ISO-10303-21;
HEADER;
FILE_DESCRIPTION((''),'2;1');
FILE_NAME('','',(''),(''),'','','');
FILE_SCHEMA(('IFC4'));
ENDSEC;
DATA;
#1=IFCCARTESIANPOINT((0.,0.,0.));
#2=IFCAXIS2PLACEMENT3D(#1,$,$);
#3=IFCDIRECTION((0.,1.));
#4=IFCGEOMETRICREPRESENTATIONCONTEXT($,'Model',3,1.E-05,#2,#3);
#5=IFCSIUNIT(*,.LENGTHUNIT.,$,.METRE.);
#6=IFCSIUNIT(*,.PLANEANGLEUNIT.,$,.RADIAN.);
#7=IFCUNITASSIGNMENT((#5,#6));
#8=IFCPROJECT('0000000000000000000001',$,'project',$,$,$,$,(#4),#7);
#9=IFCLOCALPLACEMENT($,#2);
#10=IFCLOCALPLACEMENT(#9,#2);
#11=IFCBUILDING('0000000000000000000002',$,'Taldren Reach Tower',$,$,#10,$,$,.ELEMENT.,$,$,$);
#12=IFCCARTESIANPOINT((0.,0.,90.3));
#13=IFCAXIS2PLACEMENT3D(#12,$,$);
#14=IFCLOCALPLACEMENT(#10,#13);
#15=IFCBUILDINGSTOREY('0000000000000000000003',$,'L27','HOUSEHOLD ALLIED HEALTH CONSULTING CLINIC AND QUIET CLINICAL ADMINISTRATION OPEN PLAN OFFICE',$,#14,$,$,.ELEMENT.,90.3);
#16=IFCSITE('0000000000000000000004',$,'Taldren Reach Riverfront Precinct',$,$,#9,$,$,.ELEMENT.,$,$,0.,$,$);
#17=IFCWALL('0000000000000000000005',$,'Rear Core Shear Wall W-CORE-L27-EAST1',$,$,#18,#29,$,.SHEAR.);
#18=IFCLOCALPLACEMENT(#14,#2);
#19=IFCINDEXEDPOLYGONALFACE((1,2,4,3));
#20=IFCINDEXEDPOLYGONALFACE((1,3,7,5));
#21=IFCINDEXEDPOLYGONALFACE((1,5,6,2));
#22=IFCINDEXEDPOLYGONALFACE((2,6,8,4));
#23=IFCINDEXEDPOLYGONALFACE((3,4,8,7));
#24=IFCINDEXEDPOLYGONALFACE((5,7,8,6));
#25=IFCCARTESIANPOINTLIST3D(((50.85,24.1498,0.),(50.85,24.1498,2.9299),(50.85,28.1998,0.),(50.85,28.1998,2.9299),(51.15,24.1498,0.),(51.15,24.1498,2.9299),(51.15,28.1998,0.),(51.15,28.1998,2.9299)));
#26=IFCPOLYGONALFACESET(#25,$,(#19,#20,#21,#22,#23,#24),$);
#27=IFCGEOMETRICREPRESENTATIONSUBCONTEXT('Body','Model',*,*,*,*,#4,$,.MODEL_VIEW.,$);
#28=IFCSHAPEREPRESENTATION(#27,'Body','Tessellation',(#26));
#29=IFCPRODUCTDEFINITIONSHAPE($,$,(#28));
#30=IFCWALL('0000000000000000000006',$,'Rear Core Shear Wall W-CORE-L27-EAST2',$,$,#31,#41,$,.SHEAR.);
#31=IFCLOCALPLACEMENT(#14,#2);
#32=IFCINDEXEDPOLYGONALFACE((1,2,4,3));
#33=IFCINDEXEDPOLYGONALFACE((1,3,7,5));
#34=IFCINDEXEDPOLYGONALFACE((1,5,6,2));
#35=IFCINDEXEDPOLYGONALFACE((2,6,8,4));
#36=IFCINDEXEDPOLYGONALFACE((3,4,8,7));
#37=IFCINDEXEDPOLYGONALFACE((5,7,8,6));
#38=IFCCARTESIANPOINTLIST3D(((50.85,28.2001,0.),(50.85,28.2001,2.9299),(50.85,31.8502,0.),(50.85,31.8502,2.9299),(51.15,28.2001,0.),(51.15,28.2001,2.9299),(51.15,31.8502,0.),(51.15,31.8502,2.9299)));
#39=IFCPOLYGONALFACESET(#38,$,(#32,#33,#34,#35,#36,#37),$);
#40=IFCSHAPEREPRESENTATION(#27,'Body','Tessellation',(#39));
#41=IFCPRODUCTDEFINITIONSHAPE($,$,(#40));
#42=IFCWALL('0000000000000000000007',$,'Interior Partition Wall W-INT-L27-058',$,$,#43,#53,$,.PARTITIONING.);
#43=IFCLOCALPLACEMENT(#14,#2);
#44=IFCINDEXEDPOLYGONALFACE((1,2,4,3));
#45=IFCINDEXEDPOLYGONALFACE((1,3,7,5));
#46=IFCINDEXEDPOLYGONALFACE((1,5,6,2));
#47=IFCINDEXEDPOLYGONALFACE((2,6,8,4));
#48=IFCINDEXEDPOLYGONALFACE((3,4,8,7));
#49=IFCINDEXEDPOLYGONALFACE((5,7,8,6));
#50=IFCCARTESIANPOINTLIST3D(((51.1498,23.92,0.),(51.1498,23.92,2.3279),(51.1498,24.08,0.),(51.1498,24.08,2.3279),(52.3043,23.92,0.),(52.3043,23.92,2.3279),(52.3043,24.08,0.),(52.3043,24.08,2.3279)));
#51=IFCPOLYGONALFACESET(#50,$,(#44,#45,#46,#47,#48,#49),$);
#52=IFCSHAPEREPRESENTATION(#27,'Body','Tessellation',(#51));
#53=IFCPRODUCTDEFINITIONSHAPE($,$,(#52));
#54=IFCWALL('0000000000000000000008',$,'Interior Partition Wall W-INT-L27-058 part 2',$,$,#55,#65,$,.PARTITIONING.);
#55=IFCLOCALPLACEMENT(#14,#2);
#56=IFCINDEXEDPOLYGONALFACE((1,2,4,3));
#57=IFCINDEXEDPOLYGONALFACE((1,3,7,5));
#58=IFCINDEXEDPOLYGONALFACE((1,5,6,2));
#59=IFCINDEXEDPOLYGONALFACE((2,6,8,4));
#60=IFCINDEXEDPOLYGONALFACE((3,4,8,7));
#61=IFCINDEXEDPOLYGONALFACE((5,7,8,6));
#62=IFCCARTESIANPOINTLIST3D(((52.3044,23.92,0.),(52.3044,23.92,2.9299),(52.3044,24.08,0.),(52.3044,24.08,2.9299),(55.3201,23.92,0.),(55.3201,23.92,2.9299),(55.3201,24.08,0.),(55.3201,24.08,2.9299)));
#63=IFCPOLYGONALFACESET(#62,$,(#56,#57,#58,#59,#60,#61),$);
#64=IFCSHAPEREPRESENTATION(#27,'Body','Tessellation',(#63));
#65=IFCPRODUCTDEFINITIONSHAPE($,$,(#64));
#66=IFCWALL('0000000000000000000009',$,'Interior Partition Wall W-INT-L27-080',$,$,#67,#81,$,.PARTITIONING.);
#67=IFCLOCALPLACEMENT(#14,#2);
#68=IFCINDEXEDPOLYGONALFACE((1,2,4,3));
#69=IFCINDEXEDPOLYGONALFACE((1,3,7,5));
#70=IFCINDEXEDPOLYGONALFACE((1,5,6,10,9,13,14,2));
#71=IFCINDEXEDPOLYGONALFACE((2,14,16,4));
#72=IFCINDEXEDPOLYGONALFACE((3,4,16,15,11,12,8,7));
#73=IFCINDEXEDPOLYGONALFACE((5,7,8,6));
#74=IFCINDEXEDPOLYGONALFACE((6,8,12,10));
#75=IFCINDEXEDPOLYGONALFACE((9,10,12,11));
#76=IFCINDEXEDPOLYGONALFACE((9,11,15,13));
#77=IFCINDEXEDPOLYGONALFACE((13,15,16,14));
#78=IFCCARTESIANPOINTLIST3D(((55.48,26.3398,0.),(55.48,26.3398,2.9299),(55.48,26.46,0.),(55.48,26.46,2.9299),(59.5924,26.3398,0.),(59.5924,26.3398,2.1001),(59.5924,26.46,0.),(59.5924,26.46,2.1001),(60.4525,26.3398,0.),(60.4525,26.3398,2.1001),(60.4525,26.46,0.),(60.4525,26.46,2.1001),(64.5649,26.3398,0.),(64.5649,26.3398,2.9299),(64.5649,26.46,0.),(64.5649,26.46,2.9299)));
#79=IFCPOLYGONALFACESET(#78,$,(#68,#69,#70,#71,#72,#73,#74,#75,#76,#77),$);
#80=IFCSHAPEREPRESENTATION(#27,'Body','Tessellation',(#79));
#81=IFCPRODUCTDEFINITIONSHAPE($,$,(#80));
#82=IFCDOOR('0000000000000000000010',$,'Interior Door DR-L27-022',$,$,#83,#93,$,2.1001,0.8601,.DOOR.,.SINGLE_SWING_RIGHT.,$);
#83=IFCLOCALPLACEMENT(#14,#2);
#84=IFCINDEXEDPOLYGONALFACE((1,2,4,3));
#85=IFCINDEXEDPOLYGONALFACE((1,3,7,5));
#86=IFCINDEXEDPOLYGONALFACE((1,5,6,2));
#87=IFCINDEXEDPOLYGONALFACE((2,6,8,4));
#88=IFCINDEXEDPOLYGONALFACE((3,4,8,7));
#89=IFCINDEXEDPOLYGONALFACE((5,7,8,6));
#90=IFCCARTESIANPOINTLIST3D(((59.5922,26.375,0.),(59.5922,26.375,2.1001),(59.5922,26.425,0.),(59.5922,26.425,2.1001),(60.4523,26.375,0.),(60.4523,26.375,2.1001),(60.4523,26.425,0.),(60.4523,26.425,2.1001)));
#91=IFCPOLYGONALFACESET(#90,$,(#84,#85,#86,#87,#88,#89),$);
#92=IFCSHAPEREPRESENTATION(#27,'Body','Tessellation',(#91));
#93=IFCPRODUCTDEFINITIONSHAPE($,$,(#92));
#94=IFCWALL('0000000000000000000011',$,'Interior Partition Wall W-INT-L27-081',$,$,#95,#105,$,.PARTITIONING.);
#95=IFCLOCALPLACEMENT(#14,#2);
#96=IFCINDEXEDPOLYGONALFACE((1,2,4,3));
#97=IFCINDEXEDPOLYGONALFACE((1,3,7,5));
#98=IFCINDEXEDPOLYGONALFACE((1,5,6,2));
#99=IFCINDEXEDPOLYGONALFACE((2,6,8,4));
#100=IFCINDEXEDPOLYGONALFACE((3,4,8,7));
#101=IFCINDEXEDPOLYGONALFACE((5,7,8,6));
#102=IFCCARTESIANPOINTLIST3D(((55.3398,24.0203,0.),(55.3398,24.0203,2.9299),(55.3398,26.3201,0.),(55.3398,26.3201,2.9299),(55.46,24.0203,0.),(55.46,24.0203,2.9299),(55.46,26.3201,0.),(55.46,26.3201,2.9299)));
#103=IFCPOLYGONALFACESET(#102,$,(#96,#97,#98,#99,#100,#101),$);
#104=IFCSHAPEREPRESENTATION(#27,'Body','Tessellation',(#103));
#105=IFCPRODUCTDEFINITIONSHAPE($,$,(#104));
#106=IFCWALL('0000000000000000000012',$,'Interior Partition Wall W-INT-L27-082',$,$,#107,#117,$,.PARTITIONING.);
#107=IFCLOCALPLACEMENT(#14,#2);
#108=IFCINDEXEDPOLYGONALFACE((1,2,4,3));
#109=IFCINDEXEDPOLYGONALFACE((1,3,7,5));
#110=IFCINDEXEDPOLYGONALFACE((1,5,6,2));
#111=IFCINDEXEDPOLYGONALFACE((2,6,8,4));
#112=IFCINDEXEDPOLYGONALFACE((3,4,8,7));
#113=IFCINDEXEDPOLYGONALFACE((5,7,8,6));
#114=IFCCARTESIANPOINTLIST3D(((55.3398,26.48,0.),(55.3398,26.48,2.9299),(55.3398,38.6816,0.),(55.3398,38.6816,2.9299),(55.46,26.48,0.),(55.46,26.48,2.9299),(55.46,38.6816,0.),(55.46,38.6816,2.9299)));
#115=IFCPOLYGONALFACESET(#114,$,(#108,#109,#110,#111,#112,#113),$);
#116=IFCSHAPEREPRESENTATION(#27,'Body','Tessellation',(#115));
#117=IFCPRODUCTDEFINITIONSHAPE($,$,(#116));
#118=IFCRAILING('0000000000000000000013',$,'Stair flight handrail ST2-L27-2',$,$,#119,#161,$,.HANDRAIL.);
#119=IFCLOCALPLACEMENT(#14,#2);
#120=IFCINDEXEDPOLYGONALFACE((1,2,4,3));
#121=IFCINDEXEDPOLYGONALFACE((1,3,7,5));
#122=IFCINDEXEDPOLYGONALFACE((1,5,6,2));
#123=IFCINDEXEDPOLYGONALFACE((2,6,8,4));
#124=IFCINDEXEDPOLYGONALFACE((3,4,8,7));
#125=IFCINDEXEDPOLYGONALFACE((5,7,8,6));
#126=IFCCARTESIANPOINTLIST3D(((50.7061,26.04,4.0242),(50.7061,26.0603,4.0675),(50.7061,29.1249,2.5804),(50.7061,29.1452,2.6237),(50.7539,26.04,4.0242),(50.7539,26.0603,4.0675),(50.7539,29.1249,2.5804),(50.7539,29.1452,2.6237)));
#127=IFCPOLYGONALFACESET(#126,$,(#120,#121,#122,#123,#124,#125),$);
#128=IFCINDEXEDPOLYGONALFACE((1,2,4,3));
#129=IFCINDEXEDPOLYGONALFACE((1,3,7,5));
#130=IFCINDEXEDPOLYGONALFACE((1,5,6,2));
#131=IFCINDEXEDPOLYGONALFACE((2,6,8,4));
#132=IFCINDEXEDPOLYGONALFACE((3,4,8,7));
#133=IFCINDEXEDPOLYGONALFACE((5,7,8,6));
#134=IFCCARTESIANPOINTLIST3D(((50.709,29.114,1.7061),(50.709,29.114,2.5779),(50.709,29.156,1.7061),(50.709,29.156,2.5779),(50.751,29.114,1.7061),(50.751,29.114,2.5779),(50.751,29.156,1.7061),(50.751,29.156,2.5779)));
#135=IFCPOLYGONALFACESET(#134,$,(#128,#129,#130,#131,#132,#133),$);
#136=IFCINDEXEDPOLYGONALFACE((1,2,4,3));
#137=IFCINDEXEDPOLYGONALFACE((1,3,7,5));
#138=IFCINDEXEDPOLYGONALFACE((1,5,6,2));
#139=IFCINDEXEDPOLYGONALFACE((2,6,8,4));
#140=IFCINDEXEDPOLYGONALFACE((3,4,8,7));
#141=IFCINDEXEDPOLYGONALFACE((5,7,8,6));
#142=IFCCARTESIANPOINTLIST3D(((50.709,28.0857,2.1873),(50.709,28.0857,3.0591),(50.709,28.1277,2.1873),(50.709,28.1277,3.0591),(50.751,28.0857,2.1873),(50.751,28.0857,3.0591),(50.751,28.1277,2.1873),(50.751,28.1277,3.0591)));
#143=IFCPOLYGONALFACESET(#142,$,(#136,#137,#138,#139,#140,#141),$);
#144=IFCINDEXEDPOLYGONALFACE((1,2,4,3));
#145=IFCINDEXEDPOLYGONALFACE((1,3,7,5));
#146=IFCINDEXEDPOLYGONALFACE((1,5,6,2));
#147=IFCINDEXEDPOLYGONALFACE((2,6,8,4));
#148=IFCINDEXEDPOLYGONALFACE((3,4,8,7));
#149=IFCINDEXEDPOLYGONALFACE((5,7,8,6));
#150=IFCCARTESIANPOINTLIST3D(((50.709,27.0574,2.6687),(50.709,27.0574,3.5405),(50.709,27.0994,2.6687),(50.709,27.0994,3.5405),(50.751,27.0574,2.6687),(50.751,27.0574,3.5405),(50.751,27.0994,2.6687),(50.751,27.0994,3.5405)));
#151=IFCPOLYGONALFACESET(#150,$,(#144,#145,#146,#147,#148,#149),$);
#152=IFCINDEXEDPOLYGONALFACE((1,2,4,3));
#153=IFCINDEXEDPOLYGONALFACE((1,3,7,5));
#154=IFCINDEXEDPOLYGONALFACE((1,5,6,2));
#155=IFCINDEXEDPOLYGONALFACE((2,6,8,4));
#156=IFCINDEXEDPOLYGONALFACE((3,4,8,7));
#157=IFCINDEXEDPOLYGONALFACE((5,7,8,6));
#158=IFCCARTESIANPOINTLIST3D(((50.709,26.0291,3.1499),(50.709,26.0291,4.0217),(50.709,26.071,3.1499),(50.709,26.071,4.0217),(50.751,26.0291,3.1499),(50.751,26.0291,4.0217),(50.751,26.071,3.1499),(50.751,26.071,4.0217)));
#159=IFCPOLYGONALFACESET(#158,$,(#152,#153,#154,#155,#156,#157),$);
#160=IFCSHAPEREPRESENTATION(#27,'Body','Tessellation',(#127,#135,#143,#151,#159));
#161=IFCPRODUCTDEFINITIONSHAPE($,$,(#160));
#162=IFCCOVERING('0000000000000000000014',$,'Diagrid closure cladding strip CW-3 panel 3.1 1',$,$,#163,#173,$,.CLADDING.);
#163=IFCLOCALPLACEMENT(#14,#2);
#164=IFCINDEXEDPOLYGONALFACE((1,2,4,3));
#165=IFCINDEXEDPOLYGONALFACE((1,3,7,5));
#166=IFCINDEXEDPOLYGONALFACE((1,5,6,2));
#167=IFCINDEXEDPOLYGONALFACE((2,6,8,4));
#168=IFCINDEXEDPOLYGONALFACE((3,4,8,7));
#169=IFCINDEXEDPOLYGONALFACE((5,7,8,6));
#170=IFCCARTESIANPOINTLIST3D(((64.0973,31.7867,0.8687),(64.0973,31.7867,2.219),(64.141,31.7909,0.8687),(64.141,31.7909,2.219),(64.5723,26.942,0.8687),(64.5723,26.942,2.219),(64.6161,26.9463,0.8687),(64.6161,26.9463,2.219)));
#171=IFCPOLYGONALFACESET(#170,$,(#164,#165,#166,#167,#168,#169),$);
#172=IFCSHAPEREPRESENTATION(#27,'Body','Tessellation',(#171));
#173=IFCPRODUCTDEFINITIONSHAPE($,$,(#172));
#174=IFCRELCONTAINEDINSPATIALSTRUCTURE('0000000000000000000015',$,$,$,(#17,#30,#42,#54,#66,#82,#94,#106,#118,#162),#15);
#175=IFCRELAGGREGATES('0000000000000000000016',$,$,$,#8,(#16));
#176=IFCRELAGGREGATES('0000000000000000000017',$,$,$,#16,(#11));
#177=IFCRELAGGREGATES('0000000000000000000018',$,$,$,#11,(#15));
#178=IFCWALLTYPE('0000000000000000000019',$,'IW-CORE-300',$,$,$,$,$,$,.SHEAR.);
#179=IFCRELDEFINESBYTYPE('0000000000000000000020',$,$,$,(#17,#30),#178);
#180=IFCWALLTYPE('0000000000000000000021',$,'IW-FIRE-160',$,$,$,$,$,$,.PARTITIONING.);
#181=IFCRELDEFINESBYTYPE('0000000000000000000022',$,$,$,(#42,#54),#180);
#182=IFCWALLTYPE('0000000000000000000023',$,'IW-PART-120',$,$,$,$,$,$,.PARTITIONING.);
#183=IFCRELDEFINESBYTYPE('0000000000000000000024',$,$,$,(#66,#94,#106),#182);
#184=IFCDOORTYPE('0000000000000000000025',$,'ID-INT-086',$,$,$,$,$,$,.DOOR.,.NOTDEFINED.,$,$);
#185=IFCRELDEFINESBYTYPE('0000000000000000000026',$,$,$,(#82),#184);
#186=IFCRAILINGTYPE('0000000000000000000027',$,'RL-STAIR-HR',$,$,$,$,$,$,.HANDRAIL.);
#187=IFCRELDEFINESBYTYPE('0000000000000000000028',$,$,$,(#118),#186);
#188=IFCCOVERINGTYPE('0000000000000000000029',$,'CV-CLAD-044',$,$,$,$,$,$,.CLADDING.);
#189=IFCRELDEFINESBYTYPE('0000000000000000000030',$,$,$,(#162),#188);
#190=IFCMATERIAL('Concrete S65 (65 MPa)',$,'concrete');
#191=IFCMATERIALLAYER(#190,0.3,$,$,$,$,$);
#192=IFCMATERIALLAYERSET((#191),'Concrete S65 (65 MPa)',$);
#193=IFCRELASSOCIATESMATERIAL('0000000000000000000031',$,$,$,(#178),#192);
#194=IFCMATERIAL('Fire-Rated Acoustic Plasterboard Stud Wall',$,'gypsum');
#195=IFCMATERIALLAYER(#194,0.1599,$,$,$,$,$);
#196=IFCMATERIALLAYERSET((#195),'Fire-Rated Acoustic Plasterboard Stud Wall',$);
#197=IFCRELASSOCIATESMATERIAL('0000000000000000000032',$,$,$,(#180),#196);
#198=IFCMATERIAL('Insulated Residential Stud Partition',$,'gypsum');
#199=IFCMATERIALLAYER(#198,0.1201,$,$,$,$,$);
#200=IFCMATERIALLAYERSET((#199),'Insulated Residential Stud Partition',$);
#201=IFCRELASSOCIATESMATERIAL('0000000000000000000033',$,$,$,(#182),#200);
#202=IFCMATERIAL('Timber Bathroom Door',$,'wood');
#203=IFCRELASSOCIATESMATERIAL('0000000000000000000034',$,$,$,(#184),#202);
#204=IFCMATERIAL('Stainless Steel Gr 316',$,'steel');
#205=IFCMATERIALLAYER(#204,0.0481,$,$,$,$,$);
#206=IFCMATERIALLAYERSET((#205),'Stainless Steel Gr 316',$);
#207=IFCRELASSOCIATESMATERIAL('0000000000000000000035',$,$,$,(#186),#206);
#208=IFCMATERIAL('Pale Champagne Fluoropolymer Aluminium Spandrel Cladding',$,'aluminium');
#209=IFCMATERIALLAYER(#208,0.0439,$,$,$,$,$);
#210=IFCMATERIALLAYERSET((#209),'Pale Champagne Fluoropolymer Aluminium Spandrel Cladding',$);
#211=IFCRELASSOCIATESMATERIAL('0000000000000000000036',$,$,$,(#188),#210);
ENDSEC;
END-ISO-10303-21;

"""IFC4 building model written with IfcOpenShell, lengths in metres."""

from ifc_helpers import new_model, si_unit, direction, frame, frame_2d, origin, origin_2d, place, context, subcontext, project, spatial, rectangle, extrude, source, transform, mapped, material, layer, layer_set, type_object, element, fill, save


model = new_model("IFC4")

# Units and contexts
model_context = context("Model", 3, precision=1e-05, world=origin(), true_north=direction((0.0, 1.0)))
body_context = subcontext(model_context, "Body", "Model", "MODEL_VIEW")
ifc_project = project(units=[si_unit("LENGTHUNIT", "METRE"), si_unit("PLANEANGLEUNIT", "RADIAN")], contexts=[model_context])

# Site, building, storey
site_placement = place(None, origin())
site = spatial("IfcSite", under=ifc_project, at=site_placement, Name="Taldren Reach Riverfront Precinct", CompositionType="ELEMENT", RefElevation=0.0)
building_placement = place(site_placement, origin())
building = spatial("IfcBuilding", under=site, at=building_placement, Name="Taldren Reach Tower", CompositionType="ELEMENT")
storey_placement = place(building_placement, frame((0.0, 0.0, 90.3)))
storey = spatial("IfcBuildingStorey", under=building, at=storey_placement, Name="L27", Description="HOUSEHOLD ALLIED HEALTH CONSULTING CLINIC AND QUIET CLINICAL ADMINISTRATION OPEN PLAN OFFICE", CompositionType="ELEMENT", Elevation=90.3)

# Shared definitions
ifc_material_1 = material(Name="Concrete S65 (65 MPa)", Category="concrete")

# Walls
ifc_layer_1 = layer(ifc_material_1, 0.3)
ifc_layer_set_1 = layer_set([ifc_layer_1], Name="Concrete S65 (65 MPa)")
wall_type_1 = type_object("IfcWallType", Name="IW-CORE-300", PredefinedType="SHEAR", material=ifc_layer_set_1)
shared_shape_1 = source(origin(), body_context, "Body", "SweptSolid", [
    extrude(rectangle(XDim=4.05, YDim=0.3, at=frame_2d((2.0249, 0.0))), origin(), (0.0, 0.0, 1.0), 2.9299),
])
wall_1_placement = place(storey_placement, frame((51.0, 24.1499, 0.0), z_axis=(0.0, 0.0, 1.0), x_axis=(0.0, 1.0, 0.0)))
element("IfcWall", 1, at=wall_1_placement, inside=storey, type_object=wall_type_1, Name="Rear Core Shear Wall W-CORE-L27-EAST1", PredefinedType="SHEAR", context=body_context, shape_type="MappedRepresentation", body=[
    mapped(shared_shape_1, transform((0.0, 0.0, 0.0), scale=1.0)),
])
shared_shape_2 = source(origin(), body_context, "Body", "SweptSolid", [
    extrude(rectangle(XDim=3.6501, YDim=0.3, at=frame_2d((1.8252, 0.0))), origin(), (0.0, 0.0, 1.0), 2.9299),
])
wall_2_placement = place(storey_placement, frame((51.0, 28.2, 0.0), z_axis=(0.0, 0.0, 1.0), x_axis=(0.0, 1.0, 0.0)))
element("IfcWall", 2, at=wall_2_placement, inside=storey, type_object=wall_type_1, Name="Rear Core Shear Wall W-CORE-L27-EAST2", PredefinedType="SHEAR", context=body_context, shape_type="MappedRepresentation", body=[
    mapped(shared_shape_2, transform((0.0, 0.0, 0.0), scale=1.0)),
])
ifc_material_2 = material(Name="Fire-Rated Acoustic Plasterboard Stud Wall", Category="gypsum")
ifc_layer_2 = layer(ifc_material_2, 0.1599)
ifc_layer_set_2 = layer_set([ifc_layer_2], Name="Fire-Rated Acoustic Plasterboard Stud Wall")
wall_type_2 = type_object("IfcWallType", Name="IW-FIRE-160", PredefinedType="PARTITIONING", material=ifc_layer_set_2)
shared_shape_3 = source(origin(), body_context, "Body", "SweptSolid", [
    extrude(rectangle(XDim=1.1545, YDim=0.1599, at=frame_2d((0.5771, 0.0))), origin(), (0.0, 0.0, 1.0), 2.3279),
])
wall_3_placement = place(storey_placement, frame((51.1499, 24.0, 0.0), z_axis=(0.0, 0.0, 1.0), x_axis=(1.0, 0.0, 0.0)))
element("IfcWall", 3, at=wall_3_placement, inside=storey, type_object=wall_type_2, Name="Interior Partition Wall W-INT-L27-058", PredefinedType="PARTITIONING", context=body_context, shape_type="MappedRepresentation", body=[
    mapped(shared_shape_3, transform((0.0, 0.0, 0.0), scale=1.0)),
])
shared_shape_4 = source(origin(), body_context, "Body", "SweptSolid", [
    extrude(rectangle(XDim=3.0156, YDim=0.1599, at=frame_2d((1.5078, 0.0))), origin(), (0.0, 0.0, 1.0), 2.9299),
])
wall_4_placement = place(storey_placement, frame((52.3044, 24.0, 0.0), z_axis=(0.0, 0.0, 1.0), x_axis=(1.0, 0.0, 0.0)))
element("IfcWall", 4, at=wall_4_placement, inside=storey, type_object=wall_type_2, Name="Interior Partition Wall W-INT-L27-058 part 2", PredefinedType="PARTITIONING", context=body_context, shape_type="MappedRepresentation", body=[
    mapped(shared_shape_4, transform((0.0, 0.0, 0.0), scale=1.0)),
])

# Wall, opening, door
ifc_material_3 = material(Name="Insulated Residential Stud Partition", Category="gypsum")
ifc_layer_3 = layer(ifc_material_3, 0.1201)
ifc_layer_set_3 = layer_set([ifc_layer_3], Name="Insulated Residential Stud Partition")
wall_type_3 = type_object("IfcWallType", Name="IW-PART-120", PredefinedType="PARTITIONING", material=ifc_layer_set_3)
shared_shape_5 = source(origin(), body_context, "Body", "SweptSolid", [
    extrude(rectangle(XDim=9.085, YDim=0.1201, at=frame_2d((4.5425, 0.0))), origin(), (0.0, 0.0, 1.0), 2.9299),
])
wall_5_placement = place(storey_placement, frame((55.48, 26.3999, 0.0), z_axis=(0.0, 0.0, 1.0), x_axis=(1.0, 0.0, 0.0)))
wall_5 = element("IfcWall", 5, at=wall_5_placement, inside=storey, type_object=wall_type_3, Name="Interior Partition Wall W-INT-L27-080", PredefinedType="PARTITIONING", context=body_context, shape_type="MappedRepresentation", body=[
    mapped(shared_shape_5, transform((0.0, 0.0, 0.0), scale=1.0)),
])
shared_shape_6 = source(origin(), body_context, "Body", "SweptSolid", [
    extrude(rectangle(XDim=0.8601, YDim=2.1001, at=frame_2d((0.4302, 1.05))), frame((0.0, 0.0701, 0.0), z_axis=(0.0, -1.0, 0.0), x_axis=(1.0, 0.0, 0.0)), (0.0, 0.0, 1.0), 0.1401),
])
opening_placement = place(wall_5_placement, frame((4.1123, 0.0, 0.0)))
opening = element("IfcOpeningElement", 6, at=opening_placement, cuts=wall_5, PredefinedType="OPENING", context=body_context, shape_type="MappedRepresentation", body=[
    mapped(shared_shape_6, transform((0.0, 0.0, 0.0), scale=1.0)),
])
ifc_material_4 = material(Name="Timber Bathroom Door", Category="wood")
door_type = type_object("IfcDoorType", Name="ID-INT-086", OperationType="NOTDEFINED", PredefinedType="DOOR", material=ifc_material_4)
shared_shape_7 = source(origin(), body_context, "Body", "SweptSolid", [
    extrude(rectangle(XDim=0.8601, YDim=2.1001, at=frame_2d((0.4302, 1.05))), frame((0.0, 0.0249, 0.0), z_axis=(0.0, -1.0, 0.0), x_axis=(1.0, 0.0, 0.0)), (0.0, 0.0, 1.0), 0.05),
])
door_placement = place(opening_placement, frame((0.8601, 0.0, 0.0), z_axis=(0.0, 0.0, 1.0), x_axis=(-1.0, 0.0, 0.0)))
door = element("IfcDoor", 7, at=door_placement, inside=storey, type_object=door_type, Name="Interior Door DR-L27-022", OperationType="SINGLE_SWING_RIGHT", OverallHeight=2.1001, OverallWidth=0.8601, PredefinedType="DOOR", context=body_context, shape_type="MappedRepresentation", body=[
    mapped(shared_shape_7, transform((0.0, 0.0, 0.0), scale=1.0)),
])
fill(opening, door)

# Walls
shared_shape_8 = source(origin(), body_context, "Body", "SweptSolid", [
    extrude(rectangle(XDim=2.2998, YDim=0.1201, at=frame_2d((1.1499, 0.0))), origin(), (0.0, 0.0, 1.0), 2.9299),
])
wall_6_placement = place(storey_placement, frame((55.3999, 24.0203, 0.0), z_axis=(0.0, 0.0, 1.0), x_axis=(0.0, 1.0, 0.0)))
element("IfcWall", 8, at=wall_6_placement, inside=storey, type_object=wall_type_3, Name="Interior Partition Wall W-INT-L27-081", PredefinedType="PARTITIONING", context=body_context, shape_type="MappedRepresentation", body=[
    mapped(shared_shape_8, transform((0.0, 0.0, 0.0), scale=1.0)),
])
shared_shape_9 = source(origin(), body_context, "Body", "SweptSolid", [
    extrude(rectangle(XDim=12.2017, YDim=0.1201, at=frame_2d((6.1008, 0.0))), origin(), (0.0, 0.0, 1.0), 2.9299),
])
wall_7_placement = place(storey_placement, frame((55.3999, 26.48, 0.0), z_axis=(0.0, 0.0, 1.0), x_axis=(0.0, 1.0, 0.0)))
element("IfcWall", 9, at=wall_7_placement, inside=storey, type_object=wall_type_3, Name="Interior Partition Wall W-INT-L27-082", PredefinedType="PARTITIONING", context=body_context, shape_type="MappedRepresentation", body=[
    mapped(shared_shape_9, transform((0.0, 0.0, 0.0), scale=1.0)),
])

# Railing
ifc_material_5 = material(Name="Stainless Steel Gr 316", Category="steel")
ifc_layer_4 = layer(ifc_material_5, 0.0481)
ifc_layer_set_4 = layer_set([ifc_layer_4], Name="Stainless Steel Gr 316")
railing_type = type_object("IfcRailingType", Name="RL-STAIR-HR", PredefinedType="HANDRAIL", material=ifc_layer_set_4)
railing_placement = place(storey_placement, frame((50.73, 29.135, 1.7061)))
element("IfcRailing", 10, at=railing_placement, inside=storey, type_object=railing_type, Name="Stair flight handrail ST2-L27-2", PredefinedType="HANDRAIL", context=body_context, shape_type="SweptSolid", body=[
    extrude(rectangle(XDim=0.0479, YDim=0.0479, at=origin_2d()), frame((0.0, 0.0, 0.896), z_axis=(0.0, -0.90571, 0.423898), x_axis=(1.0, 0.0, 0.0)), (0.0, 0.0, 1.0), 3.406),
    extrude(rectangle(XDim=0.042, YDim=0.042, at=origin_2d()), origin(), (0.0, 0.0, 1.0), 0.8718),
    extrude(rectangle(XDim=0.042, YDim=0.042, at=origin_2d()), frame((0.0, -1.0283, 0.4812)), (0.0, 0.0, 1.0), 0.8718),
    extrude(rectangle(XDim=0.042, YDim=0.042, at=origin_2d()), frame((0.0, -2.0566, 0.9626)), (0.0, 0.0, 1.0), 0.8718),
    extrude(rectangle(XDim=0.042, YDim=0.042, at=origin_2d()), frame((0.0, -3.085, 1.4438)), (0.0, 0.0, 1.0), 0.8718),
])

# Covering
ifc_material_6 = material(Name="Pale Champagne Fluoropolymer Aluminium Spandrel Cladding", Category="aluminium")
ifc_layer_5 = layer(ifc_material_6, 0.0439)
ifc_layer_set_5 = layer_set([ifc_layer_5], Name="Pale Champagne Fluoropolymer Aluminium Spandrel Cladding")
covering_type = type_object("IfcCoveringType", Name="CV-CLAD-044", PredefinedType="CLADDING", material=ifc_layer_set_5)
shared_shape_10 = source(origin(), body_context, "Body", "SweptSolid", [
    extrude(rectangle(XDim=4.8679, YDim=0.0439, at=origin_2d()), origin(), (0.0, 0.0, 1.0), 1.3503),
])
covering_1_placement = place(storey_placement, frame((64.3567, 29.3665, 0.8687), z_axis=(0.0, 0.0, 1.0), x_axis=(-0.097583, 0.995227, 0.0)))
element("IfcCovering", 11, at=covering_1_placement, inside=storey, type_object=covering_type, Name="Diagrid closure cladding strip CW-3 panel 3.1 1", PredefinedType="CLADDING", context=body_context, shape_type="MappedRepresentation", body=[
    mapped(shared_shape_10, transform((0.0, 0.0, 0.0), scale=1.0)),
])

save(model, "model.ifc")
